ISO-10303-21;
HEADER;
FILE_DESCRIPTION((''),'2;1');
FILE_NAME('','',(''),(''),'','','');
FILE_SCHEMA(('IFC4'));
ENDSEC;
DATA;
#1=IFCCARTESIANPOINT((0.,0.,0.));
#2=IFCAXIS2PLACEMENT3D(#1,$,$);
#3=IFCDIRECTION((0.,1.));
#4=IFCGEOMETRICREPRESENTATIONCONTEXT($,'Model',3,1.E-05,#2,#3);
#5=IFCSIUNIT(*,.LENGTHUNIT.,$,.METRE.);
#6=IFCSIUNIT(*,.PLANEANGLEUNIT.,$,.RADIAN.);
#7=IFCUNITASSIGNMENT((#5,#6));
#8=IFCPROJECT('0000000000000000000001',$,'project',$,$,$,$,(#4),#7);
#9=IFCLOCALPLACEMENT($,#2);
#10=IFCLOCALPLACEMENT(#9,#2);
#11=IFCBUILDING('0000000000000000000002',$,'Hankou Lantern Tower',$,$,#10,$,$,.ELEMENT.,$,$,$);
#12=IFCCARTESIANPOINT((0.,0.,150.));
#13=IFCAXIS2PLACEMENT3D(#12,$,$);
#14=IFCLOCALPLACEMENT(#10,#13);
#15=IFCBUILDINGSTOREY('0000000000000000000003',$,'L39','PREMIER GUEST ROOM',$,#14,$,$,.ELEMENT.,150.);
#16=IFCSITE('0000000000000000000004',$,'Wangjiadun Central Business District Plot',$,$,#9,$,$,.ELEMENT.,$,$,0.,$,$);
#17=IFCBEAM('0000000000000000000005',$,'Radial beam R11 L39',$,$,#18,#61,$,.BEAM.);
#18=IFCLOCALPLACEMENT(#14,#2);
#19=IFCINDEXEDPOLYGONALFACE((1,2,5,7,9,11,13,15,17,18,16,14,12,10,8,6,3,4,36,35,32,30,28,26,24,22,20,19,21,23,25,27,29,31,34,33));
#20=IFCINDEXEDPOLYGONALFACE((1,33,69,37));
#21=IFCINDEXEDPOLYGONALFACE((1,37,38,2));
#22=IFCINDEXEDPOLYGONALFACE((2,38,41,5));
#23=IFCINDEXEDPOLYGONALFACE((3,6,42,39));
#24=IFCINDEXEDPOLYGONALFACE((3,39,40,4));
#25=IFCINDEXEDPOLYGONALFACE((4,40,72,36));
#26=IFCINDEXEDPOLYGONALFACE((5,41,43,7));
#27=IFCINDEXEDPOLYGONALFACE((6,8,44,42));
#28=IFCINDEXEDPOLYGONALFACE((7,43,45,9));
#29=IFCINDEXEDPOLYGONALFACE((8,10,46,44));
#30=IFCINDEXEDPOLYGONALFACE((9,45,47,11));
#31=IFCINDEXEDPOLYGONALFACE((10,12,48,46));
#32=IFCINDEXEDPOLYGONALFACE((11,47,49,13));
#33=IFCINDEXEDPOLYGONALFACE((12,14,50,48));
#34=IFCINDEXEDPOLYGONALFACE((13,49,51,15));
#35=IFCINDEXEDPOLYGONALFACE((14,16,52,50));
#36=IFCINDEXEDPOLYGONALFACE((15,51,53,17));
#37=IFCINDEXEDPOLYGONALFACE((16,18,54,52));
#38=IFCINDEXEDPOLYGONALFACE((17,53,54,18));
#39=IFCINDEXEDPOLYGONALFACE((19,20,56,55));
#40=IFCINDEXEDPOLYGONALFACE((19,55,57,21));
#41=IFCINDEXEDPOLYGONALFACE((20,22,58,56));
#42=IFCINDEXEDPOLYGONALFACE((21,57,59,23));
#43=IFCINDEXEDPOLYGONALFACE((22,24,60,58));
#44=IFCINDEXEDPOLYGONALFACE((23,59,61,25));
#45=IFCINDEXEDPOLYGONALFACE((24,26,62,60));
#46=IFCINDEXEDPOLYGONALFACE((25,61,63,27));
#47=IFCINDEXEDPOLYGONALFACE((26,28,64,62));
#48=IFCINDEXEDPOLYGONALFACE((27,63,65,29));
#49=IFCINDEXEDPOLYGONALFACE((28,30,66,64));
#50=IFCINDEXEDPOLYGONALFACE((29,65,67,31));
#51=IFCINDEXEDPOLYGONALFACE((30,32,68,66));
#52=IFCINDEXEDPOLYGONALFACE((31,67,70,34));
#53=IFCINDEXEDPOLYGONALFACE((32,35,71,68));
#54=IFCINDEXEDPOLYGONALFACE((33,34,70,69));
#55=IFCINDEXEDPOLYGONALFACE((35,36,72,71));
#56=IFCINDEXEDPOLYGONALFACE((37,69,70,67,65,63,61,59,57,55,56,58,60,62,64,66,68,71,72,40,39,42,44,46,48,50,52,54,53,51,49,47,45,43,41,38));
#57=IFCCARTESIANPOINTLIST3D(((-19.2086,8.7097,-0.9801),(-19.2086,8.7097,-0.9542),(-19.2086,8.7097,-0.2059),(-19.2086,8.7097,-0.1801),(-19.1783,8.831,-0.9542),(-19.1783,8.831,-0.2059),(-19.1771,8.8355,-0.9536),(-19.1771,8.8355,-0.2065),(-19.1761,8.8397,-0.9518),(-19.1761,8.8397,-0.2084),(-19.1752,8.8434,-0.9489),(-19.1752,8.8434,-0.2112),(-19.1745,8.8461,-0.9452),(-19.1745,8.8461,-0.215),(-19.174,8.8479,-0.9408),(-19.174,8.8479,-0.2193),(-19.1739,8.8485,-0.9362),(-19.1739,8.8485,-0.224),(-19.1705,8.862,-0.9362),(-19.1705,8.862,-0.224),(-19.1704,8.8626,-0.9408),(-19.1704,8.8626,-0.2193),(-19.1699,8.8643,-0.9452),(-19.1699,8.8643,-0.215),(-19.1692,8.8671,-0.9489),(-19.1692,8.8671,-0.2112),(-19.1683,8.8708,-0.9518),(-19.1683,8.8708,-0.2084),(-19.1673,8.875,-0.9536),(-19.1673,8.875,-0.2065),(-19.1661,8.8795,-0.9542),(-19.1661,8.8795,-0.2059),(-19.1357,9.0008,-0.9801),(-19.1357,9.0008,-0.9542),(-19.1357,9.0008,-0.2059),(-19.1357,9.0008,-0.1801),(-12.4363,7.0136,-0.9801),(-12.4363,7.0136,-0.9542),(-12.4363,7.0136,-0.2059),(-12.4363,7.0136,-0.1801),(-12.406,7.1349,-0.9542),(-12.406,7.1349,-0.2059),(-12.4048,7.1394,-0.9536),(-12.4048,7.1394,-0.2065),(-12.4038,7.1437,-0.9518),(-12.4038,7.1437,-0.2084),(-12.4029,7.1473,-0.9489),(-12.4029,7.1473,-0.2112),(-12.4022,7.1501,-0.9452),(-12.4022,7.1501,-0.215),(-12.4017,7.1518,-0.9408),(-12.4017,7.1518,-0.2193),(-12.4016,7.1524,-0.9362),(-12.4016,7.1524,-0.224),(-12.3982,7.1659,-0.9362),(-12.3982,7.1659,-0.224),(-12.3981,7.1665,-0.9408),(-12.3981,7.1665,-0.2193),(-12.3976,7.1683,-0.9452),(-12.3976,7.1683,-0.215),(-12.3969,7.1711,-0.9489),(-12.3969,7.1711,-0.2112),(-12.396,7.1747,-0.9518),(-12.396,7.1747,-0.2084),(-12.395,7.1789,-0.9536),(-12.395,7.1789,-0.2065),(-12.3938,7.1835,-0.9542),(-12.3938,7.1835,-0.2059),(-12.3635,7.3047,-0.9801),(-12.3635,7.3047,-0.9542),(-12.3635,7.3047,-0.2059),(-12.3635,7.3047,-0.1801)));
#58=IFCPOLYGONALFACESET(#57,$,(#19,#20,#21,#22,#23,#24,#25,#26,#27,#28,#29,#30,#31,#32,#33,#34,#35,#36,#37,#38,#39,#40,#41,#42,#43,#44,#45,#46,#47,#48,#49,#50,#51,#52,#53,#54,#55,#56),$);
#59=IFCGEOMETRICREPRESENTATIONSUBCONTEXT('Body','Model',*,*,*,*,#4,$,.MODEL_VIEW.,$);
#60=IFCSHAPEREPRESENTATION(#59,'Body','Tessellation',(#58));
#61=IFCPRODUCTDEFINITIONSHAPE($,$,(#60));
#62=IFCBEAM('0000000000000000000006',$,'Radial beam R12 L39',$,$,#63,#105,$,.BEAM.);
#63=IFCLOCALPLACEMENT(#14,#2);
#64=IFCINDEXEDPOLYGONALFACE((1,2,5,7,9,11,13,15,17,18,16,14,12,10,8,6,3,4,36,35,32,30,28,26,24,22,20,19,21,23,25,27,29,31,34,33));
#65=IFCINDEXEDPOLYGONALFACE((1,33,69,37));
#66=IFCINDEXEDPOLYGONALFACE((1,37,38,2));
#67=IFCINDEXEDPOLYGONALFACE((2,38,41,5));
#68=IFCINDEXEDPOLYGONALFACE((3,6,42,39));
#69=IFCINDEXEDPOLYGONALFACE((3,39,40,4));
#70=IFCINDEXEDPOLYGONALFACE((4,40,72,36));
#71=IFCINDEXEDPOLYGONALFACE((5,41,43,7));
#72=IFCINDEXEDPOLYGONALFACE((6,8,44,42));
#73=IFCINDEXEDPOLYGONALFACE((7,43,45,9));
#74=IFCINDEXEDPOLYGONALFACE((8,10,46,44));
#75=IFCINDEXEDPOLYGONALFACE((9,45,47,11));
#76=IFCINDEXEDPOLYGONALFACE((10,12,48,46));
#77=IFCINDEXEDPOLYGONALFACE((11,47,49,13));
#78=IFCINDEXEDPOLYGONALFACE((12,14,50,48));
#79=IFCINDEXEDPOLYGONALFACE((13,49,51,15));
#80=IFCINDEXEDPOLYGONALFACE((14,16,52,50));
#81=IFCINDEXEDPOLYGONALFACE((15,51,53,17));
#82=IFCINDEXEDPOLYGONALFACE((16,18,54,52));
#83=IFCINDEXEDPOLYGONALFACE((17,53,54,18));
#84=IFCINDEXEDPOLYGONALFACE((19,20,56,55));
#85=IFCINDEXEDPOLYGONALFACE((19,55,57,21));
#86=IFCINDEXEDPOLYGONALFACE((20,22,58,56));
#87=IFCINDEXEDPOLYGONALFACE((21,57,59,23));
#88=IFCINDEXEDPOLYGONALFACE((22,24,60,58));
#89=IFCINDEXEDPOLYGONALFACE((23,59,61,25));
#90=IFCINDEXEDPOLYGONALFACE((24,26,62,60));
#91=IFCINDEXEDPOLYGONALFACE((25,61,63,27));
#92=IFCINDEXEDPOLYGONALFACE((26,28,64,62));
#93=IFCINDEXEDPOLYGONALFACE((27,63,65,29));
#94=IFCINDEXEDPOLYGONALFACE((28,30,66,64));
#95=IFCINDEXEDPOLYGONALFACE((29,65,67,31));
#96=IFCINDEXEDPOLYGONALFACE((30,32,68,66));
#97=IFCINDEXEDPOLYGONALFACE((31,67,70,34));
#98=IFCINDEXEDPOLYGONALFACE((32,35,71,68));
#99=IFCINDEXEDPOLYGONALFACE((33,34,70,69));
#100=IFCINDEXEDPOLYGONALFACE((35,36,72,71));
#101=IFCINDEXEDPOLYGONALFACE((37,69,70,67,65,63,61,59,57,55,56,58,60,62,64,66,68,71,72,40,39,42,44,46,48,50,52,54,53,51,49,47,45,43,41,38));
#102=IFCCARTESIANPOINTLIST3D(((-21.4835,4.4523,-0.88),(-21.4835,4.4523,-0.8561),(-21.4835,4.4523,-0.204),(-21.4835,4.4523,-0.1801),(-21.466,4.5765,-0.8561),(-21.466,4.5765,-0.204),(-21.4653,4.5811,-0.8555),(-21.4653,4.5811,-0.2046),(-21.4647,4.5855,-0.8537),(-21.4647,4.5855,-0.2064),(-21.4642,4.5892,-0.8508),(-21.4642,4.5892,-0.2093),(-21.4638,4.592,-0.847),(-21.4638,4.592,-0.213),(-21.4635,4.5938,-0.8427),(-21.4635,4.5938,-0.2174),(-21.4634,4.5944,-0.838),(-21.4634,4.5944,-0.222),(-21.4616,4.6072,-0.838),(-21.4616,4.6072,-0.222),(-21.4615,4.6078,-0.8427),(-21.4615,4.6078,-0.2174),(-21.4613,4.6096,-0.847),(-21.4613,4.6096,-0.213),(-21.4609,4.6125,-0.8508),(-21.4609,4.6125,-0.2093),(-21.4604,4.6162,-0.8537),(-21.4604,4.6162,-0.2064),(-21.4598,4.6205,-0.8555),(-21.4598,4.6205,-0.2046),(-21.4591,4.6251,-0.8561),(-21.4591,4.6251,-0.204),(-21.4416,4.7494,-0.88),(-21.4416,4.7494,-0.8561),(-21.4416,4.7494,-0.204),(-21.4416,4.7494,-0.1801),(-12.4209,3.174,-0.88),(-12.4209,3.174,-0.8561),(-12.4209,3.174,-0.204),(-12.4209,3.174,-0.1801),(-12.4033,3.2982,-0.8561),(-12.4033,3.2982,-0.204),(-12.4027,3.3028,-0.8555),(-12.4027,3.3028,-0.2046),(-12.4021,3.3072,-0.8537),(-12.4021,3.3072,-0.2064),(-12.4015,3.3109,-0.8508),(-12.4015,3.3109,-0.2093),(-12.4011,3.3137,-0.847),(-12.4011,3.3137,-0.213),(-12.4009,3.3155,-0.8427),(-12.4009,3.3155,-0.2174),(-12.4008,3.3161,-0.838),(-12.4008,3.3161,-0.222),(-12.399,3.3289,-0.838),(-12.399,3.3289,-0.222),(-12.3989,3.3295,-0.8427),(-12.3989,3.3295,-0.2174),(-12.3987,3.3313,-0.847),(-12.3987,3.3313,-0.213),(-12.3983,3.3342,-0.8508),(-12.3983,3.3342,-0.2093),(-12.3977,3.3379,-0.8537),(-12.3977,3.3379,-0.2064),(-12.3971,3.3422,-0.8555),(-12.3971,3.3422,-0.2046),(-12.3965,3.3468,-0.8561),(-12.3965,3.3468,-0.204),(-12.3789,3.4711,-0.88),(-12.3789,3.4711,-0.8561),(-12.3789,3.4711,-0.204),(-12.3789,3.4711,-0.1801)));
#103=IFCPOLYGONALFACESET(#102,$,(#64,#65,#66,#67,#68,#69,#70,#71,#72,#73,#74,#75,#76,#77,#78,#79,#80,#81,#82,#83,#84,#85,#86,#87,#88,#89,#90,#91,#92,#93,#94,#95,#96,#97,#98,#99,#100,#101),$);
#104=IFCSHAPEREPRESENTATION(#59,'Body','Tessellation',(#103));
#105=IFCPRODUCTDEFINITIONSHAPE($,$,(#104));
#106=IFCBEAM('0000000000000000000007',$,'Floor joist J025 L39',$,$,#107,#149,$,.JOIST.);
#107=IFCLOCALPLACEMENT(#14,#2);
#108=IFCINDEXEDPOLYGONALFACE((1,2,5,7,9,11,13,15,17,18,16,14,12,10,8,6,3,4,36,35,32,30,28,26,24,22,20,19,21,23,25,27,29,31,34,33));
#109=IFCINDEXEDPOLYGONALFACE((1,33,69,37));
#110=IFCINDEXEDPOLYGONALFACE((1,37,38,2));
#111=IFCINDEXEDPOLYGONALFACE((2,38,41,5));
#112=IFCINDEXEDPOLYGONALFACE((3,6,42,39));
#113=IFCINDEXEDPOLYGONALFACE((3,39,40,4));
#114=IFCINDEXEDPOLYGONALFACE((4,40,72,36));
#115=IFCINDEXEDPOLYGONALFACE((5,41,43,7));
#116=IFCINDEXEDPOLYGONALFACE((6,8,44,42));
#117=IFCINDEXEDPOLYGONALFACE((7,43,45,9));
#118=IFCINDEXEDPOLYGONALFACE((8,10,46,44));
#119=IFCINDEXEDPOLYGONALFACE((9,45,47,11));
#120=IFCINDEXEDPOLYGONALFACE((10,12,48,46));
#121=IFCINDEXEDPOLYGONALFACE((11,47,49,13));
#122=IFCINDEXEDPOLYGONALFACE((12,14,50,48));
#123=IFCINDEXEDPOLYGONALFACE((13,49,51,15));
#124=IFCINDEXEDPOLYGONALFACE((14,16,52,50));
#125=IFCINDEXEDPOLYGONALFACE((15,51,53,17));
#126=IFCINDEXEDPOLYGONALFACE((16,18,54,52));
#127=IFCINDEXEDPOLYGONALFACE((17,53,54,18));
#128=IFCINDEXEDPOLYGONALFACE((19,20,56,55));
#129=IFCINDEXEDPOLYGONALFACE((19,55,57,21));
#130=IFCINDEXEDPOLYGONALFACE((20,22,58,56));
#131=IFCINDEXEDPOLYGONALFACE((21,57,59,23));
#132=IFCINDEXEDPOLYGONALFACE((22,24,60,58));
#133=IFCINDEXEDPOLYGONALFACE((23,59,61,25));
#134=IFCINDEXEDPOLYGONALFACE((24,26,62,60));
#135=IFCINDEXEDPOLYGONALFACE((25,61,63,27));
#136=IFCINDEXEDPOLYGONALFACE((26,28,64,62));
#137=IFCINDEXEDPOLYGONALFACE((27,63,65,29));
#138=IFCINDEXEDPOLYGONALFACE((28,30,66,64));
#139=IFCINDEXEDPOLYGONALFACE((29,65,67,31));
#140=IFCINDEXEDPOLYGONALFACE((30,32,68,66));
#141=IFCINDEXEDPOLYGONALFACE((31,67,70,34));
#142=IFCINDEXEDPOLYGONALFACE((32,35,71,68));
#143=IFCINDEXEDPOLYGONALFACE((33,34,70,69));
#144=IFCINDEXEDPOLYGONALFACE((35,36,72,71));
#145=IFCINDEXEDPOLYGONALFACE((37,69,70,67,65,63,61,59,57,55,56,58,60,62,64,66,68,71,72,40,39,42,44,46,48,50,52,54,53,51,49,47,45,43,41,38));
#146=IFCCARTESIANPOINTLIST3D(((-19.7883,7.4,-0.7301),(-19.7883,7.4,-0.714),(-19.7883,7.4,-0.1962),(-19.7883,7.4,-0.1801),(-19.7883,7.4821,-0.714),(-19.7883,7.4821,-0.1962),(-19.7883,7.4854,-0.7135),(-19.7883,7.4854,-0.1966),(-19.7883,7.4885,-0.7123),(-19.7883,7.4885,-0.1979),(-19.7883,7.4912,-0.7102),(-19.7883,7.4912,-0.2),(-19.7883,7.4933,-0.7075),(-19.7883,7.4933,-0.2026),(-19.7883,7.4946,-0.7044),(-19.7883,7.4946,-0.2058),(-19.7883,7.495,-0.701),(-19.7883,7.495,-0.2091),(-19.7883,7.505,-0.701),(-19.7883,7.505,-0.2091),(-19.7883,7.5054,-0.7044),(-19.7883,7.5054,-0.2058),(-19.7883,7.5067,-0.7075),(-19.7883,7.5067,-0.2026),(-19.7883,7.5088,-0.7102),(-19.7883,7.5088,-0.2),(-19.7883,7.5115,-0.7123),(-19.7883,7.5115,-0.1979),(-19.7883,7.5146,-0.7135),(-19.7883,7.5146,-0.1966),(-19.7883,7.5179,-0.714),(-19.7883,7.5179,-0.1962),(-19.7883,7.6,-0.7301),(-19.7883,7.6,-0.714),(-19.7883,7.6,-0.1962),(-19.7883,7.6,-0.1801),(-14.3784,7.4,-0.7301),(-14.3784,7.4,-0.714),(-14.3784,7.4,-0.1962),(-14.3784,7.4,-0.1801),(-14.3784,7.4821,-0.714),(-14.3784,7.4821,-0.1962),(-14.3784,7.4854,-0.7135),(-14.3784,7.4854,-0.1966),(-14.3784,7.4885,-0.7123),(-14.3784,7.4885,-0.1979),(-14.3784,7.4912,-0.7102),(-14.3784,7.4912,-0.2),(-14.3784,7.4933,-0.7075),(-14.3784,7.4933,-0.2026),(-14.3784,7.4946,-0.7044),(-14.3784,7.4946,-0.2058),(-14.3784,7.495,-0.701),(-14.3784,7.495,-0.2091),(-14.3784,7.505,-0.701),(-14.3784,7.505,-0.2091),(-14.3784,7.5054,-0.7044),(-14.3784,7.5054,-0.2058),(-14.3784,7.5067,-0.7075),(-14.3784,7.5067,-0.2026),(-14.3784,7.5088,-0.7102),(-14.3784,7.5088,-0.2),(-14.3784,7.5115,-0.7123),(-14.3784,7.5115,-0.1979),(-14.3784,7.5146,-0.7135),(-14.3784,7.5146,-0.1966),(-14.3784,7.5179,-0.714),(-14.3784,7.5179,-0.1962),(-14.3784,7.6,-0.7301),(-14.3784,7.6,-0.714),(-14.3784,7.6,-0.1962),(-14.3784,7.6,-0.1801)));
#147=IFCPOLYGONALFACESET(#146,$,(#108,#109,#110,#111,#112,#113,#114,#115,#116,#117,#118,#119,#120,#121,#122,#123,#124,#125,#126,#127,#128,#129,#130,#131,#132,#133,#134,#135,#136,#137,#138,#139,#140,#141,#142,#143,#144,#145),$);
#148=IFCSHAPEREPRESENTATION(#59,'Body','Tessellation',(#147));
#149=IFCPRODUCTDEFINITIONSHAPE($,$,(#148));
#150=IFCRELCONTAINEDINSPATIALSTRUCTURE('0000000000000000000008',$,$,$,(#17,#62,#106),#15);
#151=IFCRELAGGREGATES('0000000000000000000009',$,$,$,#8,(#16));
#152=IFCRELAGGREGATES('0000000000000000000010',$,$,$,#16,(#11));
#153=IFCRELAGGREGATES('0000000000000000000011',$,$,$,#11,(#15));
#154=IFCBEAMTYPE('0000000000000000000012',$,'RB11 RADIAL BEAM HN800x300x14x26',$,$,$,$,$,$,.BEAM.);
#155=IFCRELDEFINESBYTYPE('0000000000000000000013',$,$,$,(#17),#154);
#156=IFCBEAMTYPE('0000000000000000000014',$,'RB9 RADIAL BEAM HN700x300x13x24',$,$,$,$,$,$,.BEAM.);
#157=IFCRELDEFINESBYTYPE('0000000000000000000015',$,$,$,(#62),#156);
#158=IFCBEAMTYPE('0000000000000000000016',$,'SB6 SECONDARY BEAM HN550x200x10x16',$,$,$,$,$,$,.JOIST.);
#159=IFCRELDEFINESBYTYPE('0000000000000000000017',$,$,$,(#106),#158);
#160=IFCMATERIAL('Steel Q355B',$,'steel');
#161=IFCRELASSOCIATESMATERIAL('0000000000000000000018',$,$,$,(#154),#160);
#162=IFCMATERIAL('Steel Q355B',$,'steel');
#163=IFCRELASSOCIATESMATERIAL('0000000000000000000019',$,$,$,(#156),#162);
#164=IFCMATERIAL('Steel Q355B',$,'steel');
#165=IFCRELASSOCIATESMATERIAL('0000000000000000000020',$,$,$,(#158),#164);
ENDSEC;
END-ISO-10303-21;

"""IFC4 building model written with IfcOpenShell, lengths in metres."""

from ifc_helpers import new_model, si_unit, direction, frame, origin, origin_2d, place, context, subcontext, project, spatial, i_section, extrude, material, material_profile, profile_set, type_object, element, save


model = new_model("IFC4")

# Units and contexts
model_context = context("Model", 3, precision=1e-05, world=origin(), true_north=direction((0.0, 1.0)))
body_context = subcontext(model_context, "Body", "Model", "MODEL_VIEW")
ifc_project = project(units=[si_unit("LENGTHUNIT", "METRE"), si_unit("PLANEANGLEUNIT", "RADIAN")], contexts=[model_context])

# Site, building, storey
site_placement = place(None, origin())
site = spatial("IfcSite", under=ifc_project, at=site_placement, Name="Wangjiadun Central Business District Plot", CompositionType="ELEMENT", RefElevation=0.0)
building_placement = place(site_placement, origin())
building = spatial("IfcBuilding", under=site, at=building_placement, Name="Hankou Lantern Tower", CompositionType="ELEMENT")
storey_placement = place(building_placement, frame((0.0, 0.0, 150.0)))
storey = spatial("IfcBuildingStorey", under=building, at=storey_placement, Name="L39", Description="PREMIER GUEST ROOM", CompositionType="ELEMENT", Elevation=150.0)

# Beams
ifc_material_1 = material(Name="Steel Q355B", Category="steel")
ifc_material_profile_1 = material_profile(ifc_material_1, i_section(OverallWidth=0.3, OverallDepth=0.8, WebThickness=0.0139, FlangeThickness=0.0259, FilletRadius=0.0181, at=origin_2d()), Name="HN800x300x14x26")
ifc_profile_set_1 = profile_set([ifc_material_profile_1], Name="Steel Q355B")
beam_type_1 = type_object("IfcBeamType", Name="RB11 RADIAL BEAM HN800x300x14x26", PredefinedType="BEAM", material=ifc_profile_set_1)
beam_1_placement = place(storey_placement, frame((-12.3999, 7.1592, -0.5801), z_axis=(-0.970042, 0.242939, 0.0), x_axis=(-0.242939, -0.970042, 0.0)))
element("IfcBeam", 1, at=beam_1_placement, inside=storey, type_object=beam_type_1, Name="Radial beam R11 L39", PredefinedType="BEAM", context=body_context, shape_type="SweptSolid", body=[
    extrude(i_section(OverallWidth=0.3, OverallDepth=0.8, WebThickness=0.0139, FlangeThickness=0.0259, FilletRadius=0.0181, at=origin_2d()), origin(), (0.0, 0.0, 1.0), 6.9814),
])
ifc_material_2 = material(Name="Steel Q355B", Category="steel")
ifc_material_profile_2 = material_profile(ifc_material_2, i_section(OverallWidth=0.3, OverallDepth=0.7, WebThickness=0.0129, FlangeThickness=0.0239, FilletRadius=0.0181, at=origin_2d()), Name="HN700x300x13x24")
ifc_profile_set_2 = profile_set([ifc_material_profile_2], Name="Steel Q355B")
beam_type_2 = type_object("IfcBeamType", Name="RB9 RADIAL BEAM HN700x300x13x24", PredefinedType="BEAM", material=ifc_profile_set_2)
beam_2_placement = place(storey_placement, frame((-12.3999, 3.3225, -0.53), z_axis=(-0.990198, 0.13967, 0.0), x_axis=(-0.13967, -0.990198, 0.0)))
element("IfcBeam", 2, at=beam_2_placement, inside=storey, type_object=beam_type_2, Name="Radial beam R12 L39", PredefinedType="BEAM", context=body_context, shape_type="SweptSolid", body=[
    extrude(i_section(OverallWidth=0.3, OverallDepth=0.7, WebThickness=0.0129, FlangeThickness=0.0239, FilletRadius=0.0181, at=origin_2d()), origin(), (0.0, 0.0, 1.0), 9.1523),
])
ifc_material_3 = material(Name="Steel Q355B", Category="steel")
ifc_material_profile_3 = material_profile(ifc_material_3, i_section(OverallWidth=0.2, OverallDepth=0.55, WebThickness=0.01, FlangeThickness=0.0161, FilletRadius=0.0129, at=origin_2d()), Name="HN550x200x10x16")
ifc_profile_set_3 = profile_set([ifc_material_profile_3], Name="Steel Q355B")
beam_type_3 = type_object("IfcBeamType", Name="SB6 SECONDARY BEAM HN550x200x10x16", PredefinedType="JOIST", material=ifc_profile_set_3)
beam_3_placement = place(storey_placement, frame((-19.7883, 7.5, -0.4551), z_axis=(1.0, 0.0, 0.0), x_axis=(0.0, 1.0, 0.0)))
element("IfcBeam", 3, at=beam_3_placement, inside=storey, type_object=beam_type_3, Name="Floor joist J025 L39", PredefinedType="JOIST", context=body_context, shape_type="SweptSolid", body=[
    extrude(i_section(OverallWidth=0.2, OverallDepth=0.55, WebThickness=0.01, FlangeThickness=0.0161, FilletRadius=0.0129, at=origin_2d()), origin(), (0.0, 0.0, 1.0), 5.4099),
])

save(model, "model.ifc")
